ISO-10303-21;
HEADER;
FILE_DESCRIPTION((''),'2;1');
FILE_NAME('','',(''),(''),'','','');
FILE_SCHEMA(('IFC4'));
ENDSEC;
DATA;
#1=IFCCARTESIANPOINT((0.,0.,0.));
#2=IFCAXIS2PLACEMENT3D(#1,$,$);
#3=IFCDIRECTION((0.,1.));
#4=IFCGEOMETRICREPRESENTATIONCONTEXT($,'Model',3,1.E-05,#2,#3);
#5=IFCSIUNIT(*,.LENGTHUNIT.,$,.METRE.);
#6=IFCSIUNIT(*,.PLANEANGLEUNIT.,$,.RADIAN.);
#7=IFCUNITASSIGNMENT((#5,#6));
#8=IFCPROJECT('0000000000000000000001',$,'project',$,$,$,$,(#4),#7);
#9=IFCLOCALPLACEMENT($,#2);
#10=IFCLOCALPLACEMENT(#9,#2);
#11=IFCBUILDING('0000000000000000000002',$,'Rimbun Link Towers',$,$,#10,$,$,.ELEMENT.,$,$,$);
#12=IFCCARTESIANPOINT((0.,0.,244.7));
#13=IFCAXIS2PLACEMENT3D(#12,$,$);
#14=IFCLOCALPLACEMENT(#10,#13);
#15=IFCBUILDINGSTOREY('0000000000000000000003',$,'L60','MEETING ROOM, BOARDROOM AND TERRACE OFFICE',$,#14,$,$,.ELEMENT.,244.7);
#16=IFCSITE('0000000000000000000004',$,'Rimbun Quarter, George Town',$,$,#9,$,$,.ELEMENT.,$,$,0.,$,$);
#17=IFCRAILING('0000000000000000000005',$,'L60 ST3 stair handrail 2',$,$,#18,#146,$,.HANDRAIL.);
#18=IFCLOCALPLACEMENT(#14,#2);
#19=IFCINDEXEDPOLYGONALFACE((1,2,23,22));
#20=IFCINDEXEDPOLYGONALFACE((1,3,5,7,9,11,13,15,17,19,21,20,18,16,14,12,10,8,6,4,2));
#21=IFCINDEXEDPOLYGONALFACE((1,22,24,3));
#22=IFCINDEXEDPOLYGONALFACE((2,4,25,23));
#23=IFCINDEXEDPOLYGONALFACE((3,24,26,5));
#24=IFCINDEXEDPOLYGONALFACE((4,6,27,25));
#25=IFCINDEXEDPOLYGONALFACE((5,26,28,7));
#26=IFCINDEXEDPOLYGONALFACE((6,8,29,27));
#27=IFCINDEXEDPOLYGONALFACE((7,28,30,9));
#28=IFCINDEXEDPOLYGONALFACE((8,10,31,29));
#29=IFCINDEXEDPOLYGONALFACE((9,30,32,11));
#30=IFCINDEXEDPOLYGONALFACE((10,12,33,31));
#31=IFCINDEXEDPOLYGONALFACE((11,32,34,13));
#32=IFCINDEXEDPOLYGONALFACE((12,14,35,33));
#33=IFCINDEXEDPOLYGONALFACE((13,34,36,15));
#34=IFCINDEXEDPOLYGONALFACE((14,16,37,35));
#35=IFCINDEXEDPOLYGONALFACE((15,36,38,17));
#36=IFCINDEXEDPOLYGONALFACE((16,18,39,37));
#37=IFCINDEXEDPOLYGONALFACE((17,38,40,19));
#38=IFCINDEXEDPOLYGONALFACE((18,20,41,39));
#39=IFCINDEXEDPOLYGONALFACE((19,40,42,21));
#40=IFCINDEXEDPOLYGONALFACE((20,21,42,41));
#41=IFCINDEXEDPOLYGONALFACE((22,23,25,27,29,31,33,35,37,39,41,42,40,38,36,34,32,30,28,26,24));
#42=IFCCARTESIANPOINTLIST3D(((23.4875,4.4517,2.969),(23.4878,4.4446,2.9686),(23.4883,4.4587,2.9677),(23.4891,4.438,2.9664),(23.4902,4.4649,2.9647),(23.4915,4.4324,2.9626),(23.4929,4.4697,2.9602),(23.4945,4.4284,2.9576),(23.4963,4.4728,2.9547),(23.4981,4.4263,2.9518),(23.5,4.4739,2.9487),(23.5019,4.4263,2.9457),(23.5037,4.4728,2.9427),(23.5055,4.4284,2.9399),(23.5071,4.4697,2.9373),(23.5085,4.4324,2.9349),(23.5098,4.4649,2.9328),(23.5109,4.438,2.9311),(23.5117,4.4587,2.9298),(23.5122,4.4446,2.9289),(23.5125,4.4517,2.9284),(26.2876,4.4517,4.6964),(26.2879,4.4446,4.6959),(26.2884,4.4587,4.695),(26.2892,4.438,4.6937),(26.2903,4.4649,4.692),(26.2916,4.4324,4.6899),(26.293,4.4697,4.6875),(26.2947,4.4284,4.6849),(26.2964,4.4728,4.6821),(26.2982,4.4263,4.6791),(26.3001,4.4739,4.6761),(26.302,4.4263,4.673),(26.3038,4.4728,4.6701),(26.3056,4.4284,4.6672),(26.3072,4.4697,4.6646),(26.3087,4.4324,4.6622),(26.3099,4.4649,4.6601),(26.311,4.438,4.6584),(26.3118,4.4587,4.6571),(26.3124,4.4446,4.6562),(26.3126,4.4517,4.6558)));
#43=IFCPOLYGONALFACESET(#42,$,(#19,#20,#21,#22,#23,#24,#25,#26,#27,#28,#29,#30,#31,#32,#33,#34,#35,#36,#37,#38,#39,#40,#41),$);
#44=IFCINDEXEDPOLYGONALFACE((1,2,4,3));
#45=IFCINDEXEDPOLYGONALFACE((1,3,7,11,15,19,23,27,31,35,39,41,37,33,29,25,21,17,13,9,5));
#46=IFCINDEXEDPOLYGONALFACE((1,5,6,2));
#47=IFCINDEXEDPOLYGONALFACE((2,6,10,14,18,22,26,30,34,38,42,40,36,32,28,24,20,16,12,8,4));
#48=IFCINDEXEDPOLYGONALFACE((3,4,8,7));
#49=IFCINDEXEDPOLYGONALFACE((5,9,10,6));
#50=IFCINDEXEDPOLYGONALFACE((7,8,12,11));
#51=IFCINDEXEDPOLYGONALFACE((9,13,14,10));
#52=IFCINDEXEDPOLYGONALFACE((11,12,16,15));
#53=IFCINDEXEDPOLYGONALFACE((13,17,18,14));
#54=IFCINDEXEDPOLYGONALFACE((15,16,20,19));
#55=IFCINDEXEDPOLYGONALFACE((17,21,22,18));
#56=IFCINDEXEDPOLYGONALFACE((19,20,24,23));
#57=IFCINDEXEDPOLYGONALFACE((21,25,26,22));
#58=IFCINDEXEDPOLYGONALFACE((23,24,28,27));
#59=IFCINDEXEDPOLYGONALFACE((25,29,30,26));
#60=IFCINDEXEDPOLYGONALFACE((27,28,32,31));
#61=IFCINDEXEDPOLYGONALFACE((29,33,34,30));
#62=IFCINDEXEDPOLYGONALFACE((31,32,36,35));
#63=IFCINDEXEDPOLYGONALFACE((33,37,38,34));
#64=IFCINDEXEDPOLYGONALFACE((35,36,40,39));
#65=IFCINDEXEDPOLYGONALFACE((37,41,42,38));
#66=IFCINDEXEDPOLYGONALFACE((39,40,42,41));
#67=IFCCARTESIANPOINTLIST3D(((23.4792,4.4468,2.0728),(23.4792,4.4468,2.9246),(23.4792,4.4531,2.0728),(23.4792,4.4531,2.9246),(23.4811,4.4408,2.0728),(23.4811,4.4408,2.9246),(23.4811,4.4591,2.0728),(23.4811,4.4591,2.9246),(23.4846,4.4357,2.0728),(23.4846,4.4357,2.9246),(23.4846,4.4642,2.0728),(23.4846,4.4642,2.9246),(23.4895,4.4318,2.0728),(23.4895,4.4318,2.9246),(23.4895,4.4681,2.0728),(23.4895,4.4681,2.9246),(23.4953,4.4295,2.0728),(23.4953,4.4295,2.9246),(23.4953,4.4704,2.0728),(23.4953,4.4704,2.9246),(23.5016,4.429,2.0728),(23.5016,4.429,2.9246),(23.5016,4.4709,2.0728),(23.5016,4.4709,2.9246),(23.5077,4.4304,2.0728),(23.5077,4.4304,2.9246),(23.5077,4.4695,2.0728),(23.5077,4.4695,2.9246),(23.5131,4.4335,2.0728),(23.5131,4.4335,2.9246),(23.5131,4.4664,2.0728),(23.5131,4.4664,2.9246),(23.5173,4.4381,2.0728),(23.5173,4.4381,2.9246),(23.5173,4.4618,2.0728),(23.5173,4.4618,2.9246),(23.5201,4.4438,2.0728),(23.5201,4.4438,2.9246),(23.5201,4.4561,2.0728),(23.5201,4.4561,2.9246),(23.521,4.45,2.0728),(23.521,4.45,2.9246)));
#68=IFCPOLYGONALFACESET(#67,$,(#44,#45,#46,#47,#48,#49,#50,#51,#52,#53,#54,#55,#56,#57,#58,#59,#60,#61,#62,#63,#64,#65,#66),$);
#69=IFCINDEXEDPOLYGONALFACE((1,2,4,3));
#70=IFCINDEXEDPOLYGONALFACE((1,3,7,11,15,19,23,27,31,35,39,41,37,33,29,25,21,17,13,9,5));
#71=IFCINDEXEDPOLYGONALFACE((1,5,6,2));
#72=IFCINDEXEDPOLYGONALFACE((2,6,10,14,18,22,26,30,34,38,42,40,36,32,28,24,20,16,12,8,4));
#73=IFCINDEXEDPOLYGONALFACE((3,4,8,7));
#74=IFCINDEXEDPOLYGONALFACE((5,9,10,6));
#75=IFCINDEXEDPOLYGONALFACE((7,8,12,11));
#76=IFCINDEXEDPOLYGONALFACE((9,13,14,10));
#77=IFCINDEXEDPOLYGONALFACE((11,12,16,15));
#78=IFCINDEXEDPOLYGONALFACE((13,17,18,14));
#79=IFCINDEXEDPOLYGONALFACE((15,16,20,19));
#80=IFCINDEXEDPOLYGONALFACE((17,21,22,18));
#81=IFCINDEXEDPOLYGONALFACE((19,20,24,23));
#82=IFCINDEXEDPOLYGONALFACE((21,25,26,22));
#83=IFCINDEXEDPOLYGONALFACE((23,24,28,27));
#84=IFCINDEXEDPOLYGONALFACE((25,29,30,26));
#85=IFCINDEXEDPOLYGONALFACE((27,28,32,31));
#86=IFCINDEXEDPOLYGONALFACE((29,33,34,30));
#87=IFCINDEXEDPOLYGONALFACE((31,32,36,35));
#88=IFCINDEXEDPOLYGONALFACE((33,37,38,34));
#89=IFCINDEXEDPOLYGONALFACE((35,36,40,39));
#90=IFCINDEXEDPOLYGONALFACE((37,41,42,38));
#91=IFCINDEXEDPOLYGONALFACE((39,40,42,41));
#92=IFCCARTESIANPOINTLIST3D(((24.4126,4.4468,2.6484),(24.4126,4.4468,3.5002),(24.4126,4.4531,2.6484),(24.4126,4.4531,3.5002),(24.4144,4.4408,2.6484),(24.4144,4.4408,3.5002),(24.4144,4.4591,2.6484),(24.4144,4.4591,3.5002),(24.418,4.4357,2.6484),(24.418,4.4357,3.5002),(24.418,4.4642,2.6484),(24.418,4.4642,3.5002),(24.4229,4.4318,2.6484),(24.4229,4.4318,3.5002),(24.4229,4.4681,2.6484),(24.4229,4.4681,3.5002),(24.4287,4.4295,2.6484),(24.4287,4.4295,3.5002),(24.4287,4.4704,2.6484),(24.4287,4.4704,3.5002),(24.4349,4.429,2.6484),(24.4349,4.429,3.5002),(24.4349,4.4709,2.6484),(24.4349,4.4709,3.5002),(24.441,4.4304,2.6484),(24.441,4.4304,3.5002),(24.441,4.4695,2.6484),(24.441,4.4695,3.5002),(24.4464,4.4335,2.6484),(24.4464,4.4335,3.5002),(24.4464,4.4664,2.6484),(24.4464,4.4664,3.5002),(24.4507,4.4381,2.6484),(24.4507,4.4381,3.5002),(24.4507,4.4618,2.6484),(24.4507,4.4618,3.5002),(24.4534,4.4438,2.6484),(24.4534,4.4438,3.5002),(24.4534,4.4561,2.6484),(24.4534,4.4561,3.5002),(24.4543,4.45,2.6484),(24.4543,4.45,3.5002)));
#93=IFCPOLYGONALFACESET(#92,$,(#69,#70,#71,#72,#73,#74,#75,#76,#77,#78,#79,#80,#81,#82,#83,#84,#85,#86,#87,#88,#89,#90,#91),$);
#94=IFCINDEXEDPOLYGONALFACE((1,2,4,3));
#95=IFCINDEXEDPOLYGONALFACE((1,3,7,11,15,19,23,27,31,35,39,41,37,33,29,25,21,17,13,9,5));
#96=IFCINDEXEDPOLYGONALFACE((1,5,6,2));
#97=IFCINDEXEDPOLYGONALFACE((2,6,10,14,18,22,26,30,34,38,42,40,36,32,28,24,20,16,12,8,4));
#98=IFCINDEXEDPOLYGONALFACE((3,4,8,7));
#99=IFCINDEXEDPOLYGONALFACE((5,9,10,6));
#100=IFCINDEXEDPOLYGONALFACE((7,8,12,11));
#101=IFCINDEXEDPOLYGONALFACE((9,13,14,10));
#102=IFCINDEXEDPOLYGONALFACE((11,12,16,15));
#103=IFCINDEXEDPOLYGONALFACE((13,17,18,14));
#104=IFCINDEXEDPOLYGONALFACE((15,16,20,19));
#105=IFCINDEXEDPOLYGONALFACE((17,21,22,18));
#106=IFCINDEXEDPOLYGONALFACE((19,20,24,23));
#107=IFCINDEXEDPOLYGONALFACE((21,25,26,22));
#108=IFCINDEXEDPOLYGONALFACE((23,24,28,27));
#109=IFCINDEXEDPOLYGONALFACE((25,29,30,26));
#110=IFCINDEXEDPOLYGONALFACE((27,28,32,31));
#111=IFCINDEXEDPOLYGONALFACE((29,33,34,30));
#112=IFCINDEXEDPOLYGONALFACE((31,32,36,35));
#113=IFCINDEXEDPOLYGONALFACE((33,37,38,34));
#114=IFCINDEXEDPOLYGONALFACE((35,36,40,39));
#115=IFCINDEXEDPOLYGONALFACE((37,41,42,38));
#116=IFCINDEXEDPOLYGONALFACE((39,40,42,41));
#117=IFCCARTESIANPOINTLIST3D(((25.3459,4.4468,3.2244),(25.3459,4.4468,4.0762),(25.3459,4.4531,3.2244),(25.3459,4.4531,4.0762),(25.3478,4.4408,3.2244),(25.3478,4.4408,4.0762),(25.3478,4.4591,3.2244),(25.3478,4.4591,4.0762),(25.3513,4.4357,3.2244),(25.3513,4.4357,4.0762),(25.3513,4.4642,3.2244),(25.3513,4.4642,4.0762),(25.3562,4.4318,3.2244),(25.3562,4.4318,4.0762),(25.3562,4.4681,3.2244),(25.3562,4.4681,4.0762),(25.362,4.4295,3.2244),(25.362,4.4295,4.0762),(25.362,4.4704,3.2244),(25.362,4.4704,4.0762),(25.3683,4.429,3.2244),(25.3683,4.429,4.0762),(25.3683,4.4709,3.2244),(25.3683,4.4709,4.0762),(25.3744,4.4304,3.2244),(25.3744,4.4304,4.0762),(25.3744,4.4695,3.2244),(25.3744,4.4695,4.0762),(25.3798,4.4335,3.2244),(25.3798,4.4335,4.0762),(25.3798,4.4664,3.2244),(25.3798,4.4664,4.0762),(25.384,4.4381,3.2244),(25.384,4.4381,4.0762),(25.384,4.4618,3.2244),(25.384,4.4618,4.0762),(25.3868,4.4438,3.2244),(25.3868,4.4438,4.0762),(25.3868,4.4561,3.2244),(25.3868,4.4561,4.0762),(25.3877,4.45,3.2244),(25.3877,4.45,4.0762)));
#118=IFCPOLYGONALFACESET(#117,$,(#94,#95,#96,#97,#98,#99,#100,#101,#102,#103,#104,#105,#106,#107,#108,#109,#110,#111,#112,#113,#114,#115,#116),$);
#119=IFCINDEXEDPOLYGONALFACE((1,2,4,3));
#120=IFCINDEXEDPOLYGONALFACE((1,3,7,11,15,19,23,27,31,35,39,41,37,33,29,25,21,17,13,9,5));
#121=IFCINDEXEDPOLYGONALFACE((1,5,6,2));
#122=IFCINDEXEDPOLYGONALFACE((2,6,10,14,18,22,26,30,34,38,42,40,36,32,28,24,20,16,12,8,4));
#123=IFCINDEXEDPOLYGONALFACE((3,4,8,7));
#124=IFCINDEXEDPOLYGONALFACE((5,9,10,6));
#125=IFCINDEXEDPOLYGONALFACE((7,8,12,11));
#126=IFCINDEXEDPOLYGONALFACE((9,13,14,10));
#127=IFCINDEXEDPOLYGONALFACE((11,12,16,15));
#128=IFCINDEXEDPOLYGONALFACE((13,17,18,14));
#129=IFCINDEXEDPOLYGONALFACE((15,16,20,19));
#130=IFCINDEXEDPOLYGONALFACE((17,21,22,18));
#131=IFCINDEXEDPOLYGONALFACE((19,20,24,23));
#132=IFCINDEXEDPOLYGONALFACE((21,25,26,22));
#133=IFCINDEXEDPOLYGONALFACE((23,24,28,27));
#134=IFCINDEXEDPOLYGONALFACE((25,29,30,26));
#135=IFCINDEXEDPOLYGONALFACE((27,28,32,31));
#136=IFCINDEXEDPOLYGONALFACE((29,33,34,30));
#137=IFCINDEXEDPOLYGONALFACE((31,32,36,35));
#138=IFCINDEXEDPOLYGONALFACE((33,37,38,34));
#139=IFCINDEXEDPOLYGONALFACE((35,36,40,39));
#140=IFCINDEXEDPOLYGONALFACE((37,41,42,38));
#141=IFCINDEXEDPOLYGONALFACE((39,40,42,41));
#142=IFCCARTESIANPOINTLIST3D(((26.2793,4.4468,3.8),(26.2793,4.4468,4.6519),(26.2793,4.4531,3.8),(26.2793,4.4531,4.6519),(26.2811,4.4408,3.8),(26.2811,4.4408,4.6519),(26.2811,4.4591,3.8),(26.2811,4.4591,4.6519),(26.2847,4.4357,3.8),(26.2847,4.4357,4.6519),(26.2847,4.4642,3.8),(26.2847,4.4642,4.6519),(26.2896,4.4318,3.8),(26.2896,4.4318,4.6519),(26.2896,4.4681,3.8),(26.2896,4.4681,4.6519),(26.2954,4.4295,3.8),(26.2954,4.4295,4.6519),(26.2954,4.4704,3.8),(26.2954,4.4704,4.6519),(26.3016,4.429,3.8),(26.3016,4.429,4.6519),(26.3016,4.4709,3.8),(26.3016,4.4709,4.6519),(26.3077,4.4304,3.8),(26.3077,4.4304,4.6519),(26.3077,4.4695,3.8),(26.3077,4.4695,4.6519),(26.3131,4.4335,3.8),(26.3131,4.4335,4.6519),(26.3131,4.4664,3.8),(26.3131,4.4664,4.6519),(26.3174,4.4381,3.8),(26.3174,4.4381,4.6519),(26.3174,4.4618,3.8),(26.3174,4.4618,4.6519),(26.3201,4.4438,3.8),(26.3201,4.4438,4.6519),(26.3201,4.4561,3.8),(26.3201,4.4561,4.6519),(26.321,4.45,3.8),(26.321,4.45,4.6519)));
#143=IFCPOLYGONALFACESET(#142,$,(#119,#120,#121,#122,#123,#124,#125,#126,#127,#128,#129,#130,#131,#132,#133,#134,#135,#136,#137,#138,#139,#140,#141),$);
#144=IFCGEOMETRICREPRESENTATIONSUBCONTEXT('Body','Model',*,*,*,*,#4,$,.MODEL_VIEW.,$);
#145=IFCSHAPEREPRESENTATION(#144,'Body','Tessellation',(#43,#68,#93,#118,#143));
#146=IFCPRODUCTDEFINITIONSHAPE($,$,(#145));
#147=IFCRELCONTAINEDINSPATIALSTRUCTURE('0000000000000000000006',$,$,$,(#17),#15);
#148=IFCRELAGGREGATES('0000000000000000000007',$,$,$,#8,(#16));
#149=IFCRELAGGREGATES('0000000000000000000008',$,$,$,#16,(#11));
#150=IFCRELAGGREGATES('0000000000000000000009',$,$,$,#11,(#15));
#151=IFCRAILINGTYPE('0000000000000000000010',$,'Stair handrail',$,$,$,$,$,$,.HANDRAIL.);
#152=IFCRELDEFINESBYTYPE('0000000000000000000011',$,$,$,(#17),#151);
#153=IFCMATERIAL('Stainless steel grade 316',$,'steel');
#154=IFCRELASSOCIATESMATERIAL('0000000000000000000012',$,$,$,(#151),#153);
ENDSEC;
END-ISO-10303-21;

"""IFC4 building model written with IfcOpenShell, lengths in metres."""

from ifc_helpers import new_model, si_unit, direction, frame, origin, origin_2d, place, context, subcontext, project, spatial, circle, extrude, material, type_object, element, save


model = new_model("IFC4")

# Units and contexts
model_context = context("Model", 3, precision=1e-05, world=origin(), true_north=direction((0.0, 1.0)))
body_context = subcontext(model_context, "Body", "Model", "MODEL_VIEW")
ifc_project = project(units=[si_unit("LENGTHUNIT", "METRE"), si_unit("PLANEANGLEUNIT", "RADIAN")], contexts=[model_context])

# Site, building, storey
site_placement = place(None, origin())
site = spatial("IfcSite", under=ifc_project, at=site_placement, Name="Rimbun Quarter, George Town", CompositionType="ELEMENT", RefElevation=0.0)
building_placement = place(site_placement, origin())
building = spatial("IfcBuilding", under=site, at=building_placement, Name="Rimbun Link Towers", CompositionType="ELEMENT")
storey_placement = place(building_placement, frame((0.0, 0.0, 244.7)))
storey = spatial("IfcBuildingStorey", under=building, at=storey_placement, Name="L60", Description="MEETING ROOM, BOARDROOM AND TERRACE OFFICE", CompositionType="ELEMENT", Elevation=244.7)

# Railing
ifc_material_1 = material(Name="Stainless steel grade 316", Category="steel")
railing_type_1 = type_object("IfcRailingType", Name="Stair handrail", PredefinedType="HANDRAIL", material=ifc_material_1)
railing_1_placement = place(storey_placement, frame((23.5, 4.45, 2.0728)))
element("IfcRailing", 1, at=railing_1_placement, inside=storey, type_object=railing_type_1, Name="L60 ST3 stair handrail 2", PredefinedType="HANDRAIL", context=body_context, shape_type="SweptSolid", body=[
    extrude(circle(Radius=0.0239, at=origin_2d()), frame((0.0, 0.0, 0.876), z_axis=(0.85109, 0.0, 0.52502), x_axis=(0.0, 1.0, 0.0)), (0.0, 0.0, 1.0), 3.29),
    extrude(circle(Radius=0.021, at=origin_2d()), origin(), (0.0, 0.0, 1.0), 0.8518),
    extrude(circle(Radius=0.021, at=origin_2d()), frame((0.9333, 0.0, 0.5757)), (0.0, 0.0, 1.0), 0.8518),
    extrude(circle(Radius=0.021, at=origin_2d()), frame((1.8667, 0.0, 1.1516)), (0.0, 0.0, 1.0), 0.8518),
    extrude(circle(Radius=0.021, at=origin_2d()), frame((2.8, 0.0, 1.7273)), (0.0, 0.0, 1.0), 0.8518),
])

save(model, "model.ifc")
